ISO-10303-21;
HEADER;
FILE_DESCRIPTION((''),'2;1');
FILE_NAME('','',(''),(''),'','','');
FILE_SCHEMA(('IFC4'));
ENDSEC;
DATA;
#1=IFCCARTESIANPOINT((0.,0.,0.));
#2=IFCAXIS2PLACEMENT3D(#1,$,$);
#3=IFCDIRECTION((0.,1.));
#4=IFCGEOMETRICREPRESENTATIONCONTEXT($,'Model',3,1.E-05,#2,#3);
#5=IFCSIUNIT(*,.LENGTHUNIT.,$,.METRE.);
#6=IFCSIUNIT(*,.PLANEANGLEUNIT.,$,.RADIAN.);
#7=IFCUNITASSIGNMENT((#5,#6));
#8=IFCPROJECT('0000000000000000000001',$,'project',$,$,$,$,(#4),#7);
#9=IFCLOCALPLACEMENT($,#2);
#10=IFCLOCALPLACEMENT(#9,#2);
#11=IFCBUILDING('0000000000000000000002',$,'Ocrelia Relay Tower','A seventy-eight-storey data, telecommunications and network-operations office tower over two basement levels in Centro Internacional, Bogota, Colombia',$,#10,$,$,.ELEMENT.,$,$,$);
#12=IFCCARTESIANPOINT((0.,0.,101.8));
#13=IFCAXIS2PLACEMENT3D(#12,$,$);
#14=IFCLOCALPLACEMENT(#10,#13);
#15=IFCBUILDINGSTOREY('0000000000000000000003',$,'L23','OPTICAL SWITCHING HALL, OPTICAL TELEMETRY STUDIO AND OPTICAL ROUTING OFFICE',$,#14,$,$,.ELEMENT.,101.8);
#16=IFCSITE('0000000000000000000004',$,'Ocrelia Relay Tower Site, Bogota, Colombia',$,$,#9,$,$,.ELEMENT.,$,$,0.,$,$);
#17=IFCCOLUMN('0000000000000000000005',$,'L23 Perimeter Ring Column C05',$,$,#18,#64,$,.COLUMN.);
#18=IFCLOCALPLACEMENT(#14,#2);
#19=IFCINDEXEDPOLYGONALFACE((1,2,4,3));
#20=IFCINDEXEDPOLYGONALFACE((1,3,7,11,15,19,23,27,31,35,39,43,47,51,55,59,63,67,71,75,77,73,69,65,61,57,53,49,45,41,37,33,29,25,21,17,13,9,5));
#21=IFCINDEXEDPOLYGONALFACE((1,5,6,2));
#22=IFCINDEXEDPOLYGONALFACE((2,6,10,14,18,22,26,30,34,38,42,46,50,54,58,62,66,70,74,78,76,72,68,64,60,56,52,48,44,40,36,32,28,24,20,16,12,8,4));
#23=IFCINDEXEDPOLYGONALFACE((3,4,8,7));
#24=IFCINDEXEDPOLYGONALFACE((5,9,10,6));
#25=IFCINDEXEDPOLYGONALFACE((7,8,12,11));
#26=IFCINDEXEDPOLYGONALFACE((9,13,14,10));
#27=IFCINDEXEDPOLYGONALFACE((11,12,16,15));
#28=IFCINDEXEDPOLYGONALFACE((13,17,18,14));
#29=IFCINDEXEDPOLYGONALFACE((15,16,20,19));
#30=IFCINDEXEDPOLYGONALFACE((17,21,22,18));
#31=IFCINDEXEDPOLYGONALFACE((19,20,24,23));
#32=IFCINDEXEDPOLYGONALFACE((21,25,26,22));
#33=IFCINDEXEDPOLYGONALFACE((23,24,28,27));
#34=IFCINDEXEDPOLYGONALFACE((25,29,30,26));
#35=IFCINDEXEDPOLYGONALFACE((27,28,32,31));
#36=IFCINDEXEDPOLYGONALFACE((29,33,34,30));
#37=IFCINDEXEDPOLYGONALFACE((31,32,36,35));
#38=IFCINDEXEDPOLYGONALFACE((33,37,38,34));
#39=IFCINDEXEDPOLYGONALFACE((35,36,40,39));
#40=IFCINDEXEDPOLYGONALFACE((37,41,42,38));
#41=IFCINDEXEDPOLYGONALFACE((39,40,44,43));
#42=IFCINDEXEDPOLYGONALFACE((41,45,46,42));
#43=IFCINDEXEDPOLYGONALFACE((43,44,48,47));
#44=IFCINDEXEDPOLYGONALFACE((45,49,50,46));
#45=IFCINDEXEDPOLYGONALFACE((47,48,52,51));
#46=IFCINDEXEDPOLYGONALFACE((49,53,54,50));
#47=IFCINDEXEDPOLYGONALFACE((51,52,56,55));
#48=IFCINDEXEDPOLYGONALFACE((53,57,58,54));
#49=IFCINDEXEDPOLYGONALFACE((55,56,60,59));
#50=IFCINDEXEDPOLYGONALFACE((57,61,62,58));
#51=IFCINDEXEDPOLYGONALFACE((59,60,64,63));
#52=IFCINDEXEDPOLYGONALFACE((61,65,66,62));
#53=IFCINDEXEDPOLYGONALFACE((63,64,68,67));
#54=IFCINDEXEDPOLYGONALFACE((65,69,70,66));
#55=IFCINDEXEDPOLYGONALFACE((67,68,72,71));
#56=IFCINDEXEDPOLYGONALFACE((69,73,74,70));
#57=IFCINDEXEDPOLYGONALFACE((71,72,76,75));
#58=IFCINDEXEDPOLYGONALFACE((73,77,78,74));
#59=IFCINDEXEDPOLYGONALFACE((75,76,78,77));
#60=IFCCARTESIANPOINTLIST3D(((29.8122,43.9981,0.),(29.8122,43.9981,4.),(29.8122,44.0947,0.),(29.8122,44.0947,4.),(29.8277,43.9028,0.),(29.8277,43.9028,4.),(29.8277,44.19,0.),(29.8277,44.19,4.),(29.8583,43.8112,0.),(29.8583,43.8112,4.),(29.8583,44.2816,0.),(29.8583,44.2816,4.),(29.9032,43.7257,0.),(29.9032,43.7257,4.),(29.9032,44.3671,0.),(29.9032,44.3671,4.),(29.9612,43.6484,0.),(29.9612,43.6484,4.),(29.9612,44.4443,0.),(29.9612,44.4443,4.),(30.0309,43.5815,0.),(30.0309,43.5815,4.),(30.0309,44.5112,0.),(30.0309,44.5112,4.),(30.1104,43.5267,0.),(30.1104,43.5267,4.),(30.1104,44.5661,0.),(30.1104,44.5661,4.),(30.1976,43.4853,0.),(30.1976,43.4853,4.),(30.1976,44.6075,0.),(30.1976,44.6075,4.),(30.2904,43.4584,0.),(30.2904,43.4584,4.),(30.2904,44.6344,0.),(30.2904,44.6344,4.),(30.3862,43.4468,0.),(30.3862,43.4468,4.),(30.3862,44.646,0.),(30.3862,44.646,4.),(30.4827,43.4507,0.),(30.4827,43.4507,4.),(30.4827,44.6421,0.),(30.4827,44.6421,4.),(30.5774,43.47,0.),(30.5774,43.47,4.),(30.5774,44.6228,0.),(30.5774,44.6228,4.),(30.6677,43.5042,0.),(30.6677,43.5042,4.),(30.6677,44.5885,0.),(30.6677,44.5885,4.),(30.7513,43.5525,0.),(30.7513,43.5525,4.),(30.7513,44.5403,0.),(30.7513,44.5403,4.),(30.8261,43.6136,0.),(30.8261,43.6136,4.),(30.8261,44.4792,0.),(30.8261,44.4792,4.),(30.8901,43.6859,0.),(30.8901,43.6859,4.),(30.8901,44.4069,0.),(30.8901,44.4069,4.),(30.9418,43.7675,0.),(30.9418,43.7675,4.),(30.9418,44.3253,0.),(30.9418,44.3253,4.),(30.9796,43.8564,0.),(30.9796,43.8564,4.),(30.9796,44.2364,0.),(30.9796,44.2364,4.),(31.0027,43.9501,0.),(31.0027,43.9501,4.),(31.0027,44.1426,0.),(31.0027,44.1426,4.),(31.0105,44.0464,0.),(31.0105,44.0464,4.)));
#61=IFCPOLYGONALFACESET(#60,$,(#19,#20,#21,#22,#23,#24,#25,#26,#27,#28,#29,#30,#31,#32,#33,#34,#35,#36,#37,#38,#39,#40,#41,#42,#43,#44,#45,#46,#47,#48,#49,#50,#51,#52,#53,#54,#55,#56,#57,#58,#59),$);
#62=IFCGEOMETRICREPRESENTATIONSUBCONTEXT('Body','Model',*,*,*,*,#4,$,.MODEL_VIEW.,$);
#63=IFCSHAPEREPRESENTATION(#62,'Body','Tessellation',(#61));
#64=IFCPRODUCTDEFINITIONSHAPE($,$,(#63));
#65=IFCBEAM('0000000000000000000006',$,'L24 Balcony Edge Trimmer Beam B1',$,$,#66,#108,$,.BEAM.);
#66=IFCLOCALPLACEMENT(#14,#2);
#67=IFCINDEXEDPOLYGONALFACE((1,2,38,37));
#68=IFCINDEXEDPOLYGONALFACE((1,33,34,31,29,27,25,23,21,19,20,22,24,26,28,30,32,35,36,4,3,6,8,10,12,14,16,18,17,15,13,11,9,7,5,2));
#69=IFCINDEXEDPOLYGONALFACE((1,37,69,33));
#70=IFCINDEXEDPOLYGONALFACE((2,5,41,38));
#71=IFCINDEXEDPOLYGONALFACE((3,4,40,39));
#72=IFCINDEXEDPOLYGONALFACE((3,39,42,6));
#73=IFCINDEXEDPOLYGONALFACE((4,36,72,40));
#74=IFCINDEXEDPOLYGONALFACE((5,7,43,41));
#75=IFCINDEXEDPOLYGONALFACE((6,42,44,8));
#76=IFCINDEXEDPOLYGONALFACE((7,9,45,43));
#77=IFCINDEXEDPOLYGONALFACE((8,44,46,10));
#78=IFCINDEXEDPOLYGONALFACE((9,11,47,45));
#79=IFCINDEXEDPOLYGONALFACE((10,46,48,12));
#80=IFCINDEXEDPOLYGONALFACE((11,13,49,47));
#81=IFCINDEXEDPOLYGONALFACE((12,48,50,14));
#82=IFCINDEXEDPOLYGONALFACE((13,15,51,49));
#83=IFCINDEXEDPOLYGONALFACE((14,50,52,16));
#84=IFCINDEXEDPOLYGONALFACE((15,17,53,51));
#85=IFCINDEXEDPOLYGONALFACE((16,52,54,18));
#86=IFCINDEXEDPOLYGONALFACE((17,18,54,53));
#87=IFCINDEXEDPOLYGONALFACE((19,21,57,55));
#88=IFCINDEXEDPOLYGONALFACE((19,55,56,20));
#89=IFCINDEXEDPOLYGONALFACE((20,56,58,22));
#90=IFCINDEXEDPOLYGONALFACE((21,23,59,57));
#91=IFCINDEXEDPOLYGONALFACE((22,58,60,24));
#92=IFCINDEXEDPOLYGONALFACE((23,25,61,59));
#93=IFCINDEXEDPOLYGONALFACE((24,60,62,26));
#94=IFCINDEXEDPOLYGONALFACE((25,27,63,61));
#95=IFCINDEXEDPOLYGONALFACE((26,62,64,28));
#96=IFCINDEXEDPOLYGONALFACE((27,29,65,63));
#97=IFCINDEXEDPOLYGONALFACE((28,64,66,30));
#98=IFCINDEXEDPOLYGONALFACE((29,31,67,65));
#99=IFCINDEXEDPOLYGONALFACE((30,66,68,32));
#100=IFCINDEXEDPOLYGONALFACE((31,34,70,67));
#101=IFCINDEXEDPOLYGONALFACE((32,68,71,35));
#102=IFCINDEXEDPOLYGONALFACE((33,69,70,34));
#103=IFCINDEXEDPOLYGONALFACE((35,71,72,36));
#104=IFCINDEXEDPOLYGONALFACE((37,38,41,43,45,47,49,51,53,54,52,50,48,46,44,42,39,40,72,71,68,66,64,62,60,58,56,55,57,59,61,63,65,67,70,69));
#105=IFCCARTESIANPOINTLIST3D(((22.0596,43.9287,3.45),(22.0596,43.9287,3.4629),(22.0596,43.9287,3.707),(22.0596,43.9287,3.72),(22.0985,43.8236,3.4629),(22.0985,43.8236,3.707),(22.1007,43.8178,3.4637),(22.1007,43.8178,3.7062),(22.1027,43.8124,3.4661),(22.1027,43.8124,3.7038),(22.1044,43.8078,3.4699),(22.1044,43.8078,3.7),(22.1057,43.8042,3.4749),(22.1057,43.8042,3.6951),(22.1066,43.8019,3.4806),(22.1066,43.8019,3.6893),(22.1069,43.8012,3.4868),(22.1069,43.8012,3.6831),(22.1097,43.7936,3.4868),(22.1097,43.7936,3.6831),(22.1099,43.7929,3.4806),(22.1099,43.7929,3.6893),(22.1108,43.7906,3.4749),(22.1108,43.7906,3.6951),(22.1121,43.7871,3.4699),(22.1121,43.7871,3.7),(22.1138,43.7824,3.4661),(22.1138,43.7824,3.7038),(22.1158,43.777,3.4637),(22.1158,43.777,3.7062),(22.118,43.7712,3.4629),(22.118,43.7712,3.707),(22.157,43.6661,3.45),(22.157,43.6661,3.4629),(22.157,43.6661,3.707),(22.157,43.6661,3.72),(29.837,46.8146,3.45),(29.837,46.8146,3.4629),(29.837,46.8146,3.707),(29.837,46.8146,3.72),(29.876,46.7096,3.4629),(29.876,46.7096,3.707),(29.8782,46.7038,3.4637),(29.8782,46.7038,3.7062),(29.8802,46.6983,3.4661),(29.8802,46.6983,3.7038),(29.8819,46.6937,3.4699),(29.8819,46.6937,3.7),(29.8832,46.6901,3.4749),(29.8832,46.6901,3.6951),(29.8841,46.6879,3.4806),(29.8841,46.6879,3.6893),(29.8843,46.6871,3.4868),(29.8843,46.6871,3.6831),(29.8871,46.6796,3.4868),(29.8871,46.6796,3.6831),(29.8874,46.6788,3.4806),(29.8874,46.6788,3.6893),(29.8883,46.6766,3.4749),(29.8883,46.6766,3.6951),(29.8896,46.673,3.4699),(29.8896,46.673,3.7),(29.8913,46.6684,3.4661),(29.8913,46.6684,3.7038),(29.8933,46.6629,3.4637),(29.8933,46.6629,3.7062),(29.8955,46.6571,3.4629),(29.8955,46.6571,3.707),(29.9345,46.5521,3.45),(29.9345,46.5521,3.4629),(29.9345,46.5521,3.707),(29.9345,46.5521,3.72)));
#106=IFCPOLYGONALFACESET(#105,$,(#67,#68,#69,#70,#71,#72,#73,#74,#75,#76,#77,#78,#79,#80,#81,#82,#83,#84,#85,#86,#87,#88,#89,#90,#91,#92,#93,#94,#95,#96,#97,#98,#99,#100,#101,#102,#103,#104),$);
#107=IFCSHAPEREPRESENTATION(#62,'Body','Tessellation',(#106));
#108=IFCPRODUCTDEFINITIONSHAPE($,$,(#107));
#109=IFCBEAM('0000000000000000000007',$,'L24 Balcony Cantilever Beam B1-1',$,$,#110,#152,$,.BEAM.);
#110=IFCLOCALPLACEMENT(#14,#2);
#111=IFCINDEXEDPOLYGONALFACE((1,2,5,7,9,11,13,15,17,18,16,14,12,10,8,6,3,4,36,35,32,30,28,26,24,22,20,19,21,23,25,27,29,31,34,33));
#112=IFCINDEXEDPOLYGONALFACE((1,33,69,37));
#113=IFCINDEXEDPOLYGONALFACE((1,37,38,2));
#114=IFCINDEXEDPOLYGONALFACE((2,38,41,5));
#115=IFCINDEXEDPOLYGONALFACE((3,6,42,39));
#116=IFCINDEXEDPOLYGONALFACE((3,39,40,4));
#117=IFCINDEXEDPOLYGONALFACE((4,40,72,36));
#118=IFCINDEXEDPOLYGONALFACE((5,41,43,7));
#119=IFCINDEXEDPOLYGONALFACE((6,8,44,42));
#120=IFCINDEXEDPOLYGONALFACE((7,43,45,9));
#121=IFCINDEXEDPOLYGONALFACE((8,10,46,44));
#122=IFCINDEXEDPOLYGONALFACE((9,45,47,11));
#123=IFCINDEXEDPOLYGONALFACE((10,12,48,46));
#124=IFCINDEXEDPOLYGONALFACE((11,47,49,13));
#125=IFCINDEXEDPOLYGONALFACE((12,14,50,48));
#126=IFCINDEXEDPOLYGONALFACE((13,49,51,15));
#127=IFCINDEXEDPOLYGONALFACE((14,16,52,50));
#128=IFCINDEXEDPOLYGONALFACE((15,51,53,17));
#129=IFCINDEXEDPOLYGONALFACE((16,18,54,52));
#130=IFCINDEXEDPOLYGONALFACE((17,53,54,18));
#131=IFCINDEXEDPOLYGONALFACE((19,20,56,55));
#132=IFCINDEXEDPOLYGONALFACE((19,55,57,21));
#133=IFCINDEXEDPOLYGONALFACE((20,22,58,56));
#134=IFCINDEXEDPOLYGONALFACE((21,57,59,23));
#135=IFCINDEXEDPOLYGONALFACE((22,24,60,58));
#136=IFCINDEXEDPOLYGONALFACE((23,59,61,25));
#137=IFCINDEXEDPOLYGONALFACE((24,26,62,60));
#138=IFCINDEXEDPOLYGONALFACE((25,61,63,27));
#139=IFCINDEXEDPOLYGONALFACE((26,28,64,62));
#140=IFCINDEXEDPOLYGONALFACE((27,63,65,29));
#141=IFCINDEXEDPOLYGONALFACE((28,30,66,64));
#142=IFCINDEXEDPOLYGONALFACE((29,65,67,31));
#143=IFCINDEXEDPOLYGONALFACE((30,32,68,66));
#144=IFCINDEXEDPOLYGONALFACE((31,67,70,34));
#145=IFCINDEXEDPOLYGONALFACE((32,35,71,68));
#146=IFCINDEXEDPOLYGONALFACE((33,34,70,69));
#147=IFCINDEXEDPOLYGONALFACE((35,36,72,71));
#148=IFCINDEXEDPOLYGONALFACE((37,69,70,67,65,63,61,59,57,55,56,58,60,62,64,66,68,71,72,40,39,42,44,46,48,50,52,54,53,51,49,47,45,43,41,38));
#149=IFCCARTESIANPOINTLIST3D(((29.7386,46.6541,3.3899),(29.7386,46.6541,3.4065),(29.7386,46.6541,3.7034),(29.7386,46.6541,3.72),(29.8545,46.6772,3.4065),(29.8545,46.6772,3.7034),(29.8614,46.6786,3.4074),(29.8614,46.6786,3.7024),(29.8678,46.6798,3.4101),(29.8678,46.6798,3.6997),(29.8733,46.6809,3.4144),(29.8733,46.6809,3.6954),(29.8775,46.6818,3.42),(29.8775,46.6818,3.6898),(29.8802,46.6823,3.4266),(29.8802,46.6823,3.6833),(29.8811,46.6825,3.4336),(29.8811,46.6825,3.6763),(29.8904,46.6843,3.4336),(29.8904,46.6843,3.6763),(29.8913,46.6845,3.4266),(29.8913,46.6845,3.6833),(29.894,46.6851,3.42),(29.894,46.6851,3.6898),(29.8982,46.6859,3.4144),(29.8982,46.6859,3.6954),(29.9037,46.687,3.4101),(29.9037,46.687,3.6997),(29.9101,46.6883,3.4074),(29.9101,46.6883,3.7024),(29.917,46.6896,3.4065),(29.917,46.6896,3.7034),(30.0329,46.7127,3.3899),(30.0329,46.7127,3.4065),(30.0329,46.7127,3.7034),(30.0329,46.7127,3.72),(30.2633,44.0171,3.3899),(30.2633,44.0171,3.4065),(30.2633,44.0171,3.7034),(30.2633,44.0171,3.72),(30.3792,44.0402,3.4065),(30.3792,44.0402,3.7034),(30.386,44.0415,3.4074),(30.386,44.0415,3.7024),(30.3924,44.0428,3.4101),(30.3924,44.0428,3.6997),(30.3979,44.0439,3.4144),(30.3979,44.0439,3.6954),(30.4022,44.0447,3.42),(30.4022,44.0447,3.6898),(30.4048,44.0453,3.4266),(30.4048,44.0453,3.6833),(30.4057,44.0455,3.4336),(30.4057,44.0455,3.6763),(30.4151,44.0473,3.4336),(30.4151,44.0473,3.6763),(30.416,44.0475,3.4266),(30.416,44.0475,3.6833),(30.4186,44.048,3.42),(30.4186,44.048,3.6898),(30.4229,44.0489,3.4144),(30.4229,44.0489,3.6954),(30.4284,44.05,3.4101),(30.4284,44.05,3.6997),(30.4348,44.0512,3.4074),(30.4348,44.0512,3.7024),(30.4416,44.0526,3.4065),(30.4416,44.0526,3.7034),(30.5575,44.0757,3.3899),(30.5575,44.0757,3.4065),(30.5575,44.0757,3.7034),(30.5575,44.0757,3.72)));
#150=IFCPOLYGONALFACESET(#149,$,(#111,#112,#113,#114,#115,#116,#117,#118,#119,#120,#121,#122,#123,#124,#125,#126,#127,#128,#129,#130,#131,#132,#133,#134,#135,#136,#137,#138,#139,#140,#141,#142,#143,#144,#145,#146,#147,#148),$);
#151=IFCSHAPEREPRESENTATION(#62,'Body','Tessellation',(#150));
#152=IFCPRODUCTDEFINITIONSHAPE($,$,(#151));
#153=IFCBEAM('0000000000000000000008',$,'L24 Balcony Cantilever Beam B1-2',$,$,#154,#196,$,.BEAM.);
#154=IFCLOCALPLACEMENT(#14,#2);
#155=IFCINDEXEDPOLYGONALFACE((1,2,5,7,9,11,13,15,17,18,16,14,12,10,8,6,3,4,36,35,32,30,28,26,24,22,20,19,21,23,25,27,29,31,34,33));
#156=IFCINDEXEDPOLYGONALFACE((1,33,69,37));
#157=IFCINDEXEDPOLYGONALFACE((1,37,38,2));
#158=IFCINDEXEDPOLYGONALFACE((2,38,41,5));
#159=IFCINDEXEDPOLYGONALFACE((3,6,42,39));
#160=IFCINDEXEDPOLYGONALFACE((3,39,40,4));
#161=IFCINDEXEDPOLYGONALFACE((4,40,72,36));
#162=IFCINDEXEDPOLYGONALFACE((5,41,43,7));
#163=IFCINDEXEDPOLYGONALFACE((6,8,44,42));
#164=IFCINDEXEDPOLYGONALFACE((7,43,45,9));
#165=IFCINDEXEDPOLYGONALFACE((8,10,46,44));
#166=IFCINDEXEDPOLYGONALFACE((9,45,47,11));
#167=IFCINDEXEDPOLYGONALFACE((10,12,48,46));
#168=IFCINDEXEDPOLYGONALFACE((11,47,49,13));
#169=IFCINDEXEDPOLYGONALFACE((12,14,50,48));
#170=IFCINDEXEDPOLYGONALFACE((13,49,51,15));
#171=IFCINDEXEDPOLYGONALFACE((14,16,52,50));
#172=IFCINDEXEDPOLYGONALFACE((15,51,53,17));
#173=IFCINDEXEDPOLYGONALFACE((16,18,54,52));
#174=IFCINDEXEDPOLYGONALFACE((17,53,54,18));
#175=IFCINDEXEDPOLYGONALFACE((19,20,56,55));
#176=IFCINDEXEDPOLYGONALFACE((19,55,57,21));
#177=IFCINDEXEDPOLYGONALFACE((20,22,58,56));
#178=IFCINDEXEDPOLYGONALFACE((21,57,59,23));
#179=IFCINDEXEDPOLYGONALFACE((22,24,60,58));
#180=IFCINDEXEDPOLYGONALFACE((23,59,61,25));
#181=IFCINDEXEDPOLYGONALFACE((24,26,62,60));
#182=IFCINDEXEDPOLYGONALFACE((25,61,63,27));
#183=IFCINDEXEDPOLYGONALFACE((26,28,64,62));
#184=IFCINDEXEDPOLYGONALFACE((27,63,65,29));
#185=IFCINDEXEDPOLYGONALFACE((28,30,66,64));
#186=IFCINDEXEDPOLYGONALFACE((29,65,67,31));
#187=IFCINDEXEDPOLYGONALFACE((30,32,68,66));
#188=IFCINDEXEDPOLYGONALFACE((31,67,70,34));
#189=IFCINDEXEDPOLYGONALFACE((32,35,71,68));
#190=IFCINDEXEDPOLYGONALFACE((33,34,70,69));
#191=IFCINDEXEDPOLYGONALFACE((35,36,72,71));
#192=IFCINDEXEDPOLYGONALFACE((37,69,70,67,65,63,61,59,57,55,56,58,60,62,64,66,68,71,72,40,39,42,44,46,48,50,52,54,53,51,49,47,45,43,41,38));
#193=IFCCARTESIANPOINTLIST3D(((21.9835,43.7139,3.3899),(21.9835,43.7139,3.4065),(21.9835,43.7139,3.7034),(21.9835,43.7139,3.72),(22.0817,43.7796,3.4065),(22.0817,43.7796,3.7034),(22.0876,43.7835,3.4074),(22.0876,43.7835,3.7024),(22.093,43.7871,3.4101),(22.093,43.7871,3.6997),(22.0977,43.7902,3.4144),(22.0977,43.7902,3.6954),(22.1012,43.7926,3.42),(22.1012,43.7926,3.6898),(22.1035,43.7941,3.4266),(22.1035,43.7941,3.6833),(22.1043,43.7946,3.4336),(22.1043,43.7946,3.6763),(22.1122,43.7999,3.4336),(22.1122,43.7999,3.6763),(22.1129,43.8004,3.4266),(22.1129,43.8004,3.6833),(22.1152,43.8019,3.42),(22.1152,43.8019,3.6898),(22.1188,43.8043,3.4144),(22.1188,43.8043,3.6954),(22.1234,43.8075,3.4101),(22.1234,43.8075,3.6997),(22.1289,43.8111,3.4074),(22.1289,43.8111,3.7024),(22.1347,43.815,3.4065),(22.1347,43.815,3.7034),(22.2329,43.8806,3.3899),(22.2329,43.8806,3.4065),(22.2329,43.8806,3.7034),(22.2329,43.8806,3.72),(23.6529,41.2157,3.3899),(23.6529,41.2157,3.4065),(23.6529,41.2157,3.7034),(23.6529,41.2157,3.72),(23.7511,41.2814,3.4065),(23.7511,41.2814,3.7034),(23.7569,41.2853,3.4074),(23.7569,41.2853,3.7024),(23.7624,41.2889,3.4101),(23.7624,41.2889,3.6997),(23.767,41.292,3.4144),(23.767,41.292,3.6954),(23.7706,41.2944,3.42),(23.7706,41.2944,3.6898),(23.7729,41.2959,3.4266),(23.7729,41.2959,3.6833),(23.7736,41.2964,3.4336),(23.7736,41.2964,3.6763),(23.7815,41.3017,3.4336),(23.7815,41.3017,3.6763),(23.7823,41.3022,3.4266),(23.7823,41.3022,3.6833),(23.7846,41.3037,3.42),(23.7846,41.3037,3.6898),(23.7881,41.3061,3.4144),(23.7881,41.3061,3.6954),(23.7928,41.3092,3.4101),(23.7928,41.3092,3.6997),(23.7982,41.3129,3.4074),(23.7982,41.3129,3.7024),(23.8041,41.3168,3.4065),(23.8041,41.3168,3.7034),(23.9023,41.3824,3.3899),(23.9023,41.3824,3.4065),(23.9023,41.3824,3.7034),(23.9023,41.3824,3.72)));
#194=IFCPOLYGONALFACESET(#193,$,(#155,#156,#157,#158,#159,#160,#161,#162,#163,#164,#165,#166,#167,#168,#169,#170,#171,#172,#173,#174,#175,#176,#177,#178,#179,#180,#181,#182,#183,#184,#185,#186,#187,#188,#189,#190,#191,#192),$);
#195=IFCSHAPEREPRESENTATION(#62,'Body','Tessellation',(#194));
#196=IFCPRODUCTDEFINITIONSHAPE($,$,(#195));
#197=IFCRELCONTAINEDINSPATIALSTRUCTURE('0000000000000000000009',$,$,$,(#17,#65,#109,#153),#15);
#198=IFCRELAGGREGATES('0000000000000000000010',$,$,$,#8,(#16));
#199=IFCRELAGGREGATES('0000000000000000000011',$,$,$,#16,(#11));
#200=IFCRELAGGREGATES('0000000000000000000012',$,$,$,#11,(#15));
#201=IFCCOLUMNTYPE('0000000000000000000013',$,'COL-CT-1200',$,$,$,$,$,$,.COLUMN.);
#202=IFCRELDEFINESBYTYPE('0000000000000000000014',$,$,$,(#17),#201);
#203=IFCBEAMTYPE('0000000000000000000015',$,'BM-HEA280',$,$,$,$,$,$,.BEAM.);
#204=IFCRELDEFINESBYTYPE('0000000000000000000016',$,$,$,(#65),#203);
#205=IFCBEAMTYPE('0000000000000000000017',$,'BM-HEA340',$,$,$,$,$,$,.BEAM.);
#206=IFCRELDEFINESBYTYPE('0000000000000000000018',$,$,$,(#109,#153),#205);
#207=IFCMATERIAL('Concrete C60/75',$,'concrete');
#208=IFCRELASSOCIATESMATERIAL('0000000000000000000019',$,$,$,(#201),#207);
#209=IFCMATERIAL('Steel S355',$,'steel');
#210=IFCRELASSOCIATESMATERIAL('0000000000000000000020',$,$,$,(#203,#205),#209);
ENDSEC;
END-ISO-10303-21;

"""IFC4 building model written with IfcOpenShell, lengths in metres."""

from ifc_helpers import new_model, si_unit, direction, frame, origin, origin_2d, place, context, subcontext, project, spatial, circle, i_section, extrude, material, material_profile, profile_set, type_object, element, save


model = new_model("IFC4")

# Units and contexts
model_context = context("Model", 3, precision=1e-05, world=origin(), true_north=direction((0.0, 1.0)))
body_context = subcontext(model_context, "Body", "Model", "MODEL_VIEW")
ifc_project = project(units=[si_unit("LENGTHUNIT", "METRE"), si_unit("PLANEANGLEUNIT", "RADIAN")], contexts=[model_context])

# Site, building, storey
site_placement = place(None, origin())
site = spatial("IfcSite", under=ifc_project, at=site_placement, Name="Ocrelia Relay Tower Site, Bogota, Colombia", CompositionType="ELEMENT", RefElevation=0.0)
building_placement = place(site_placement, origin())
building = spatial("IfcBuilding", under=site, at=building_placement, Name="Ocrelia Relay Tower", Description="A seventy-eight-storey data, telecommunications and network-operations office tower over two basement levels in Centro Internacional, Bogota, Colombia", CompositionType="ELEMENT")
storey_placement = place(building_placement, frame((0.0, 0.0, 101.8)))
storey = spatial("IfcBuildingStorey", under=building, at=storey_placement, Name="L23", Description="OPTICAL SWITCHING HALL, OPTICAL TELEMETRY STUDIO AND OPTICAL ROUTING OFFICE", CompositionType="ELEMENT", Elevation=101.8)

# Column
ifc_material_1 = material(Name="Concrete C60/75", Category="concrete")
ifc_material_profile_1 = material_profile(ifc_material_1, circle(Radius=0.6001, at=origin_2d()), Name="RC-CIR-1200")
ifc_profile_set_1 = profile_set([ifc_material_profile_1], Name="Concrete C60/75")
column_type = type_object("IfcColumnType", Name="COL-CT-1200", PredefinedType="COLUMN", material=ifc_profile_set_1)
column_placement = place(storey_placement, frame((30.4104, 44.0464, 0.0), z_axis=(0.0, 0.0, 1.0), x_axis=(1.0, 0.0, 0.0)))
element("IfcColumn", 1, at=column_placement, inside=storey, type_object=column_type, Name="L23 Perimeter Ring Column C05", PredefinedType="COLUMN", context=body_context, shape_type="SweptSolid", body=[
    extrude(circle(Radius=0.6001, at=origin_2d()), origin(), (0.0, 0.0, 1.0), 4.0),
])

# Beams
ifc_material_2 = material(Name="Steel S355", Category="steel")
ifc_material_profile_2 = material_profile(ifc_material_2, i_section(OverallWidth=0.28, OverallDepth=0.27, WebThickness=0.0081, FlangeThickness=0.0129, FilletRadius=0.0239, at=origin_2d()), Name="HEA 280")
ifc_profile_set_2 = profile_set([ifc_material_profile_2], Name="Steel S355")
beam_type_1 = type_object("IfcBeamType", Name="BM-HEA280", PredefinedType="BEAM", material=ifc_profile_set_2)
beam_1_placement = place(storey_placement, frame((29.8857, 46.6833, 3.585), z_axis=(-0.937537, -0.347887, 0.0), x_axis=(0.347887, -0.937537, 0.0)))
element("IfcBeam", 2, at=beam_1_placement, inside=storey, type_object=beam_type_1, Name="L24 Balcony Edge Trimmer Beam B1", PredefinedType="BEAM", context=body_context, shape_type="SweptSolid", body=[
    extrude(i_section(OverallWidth=0.28, OverallDepth=0.27, WebThickness=0.0081, FlangeThickness=0.0129, FilletRadius=0.0239, at=origin_2d()), origin(), (0.0, 0.0, 1.0), 8.2957),
])
ifc_material_profile_3 = material_profile(ifc_material_2, i_section(OverallWidth=0.3, OverallDepth=0.3301, WebThickness=0.0095, FlangeThickness=0.0166, FilletRadius=0.0271, at=origin_2d()), Name="HEA 340")
ifc_profile_set_3 = profile_set([ifc_material_profile_3], Name="Steel S355")
beam_type_2 = type_object("IfcBeamType", Name="BM-HEA340", PredefinedType="BEAM", material=ifc_profile_set_3)
beam_2_placement = place(storey_placement, frame((30.4104, 44.0464, 3.5549), z_axis=(-0.195138, 0.980776, 0.0), x_axis=(-0.980776, -0.195138, 0.0)))
element("IfcBeam", 3, at=beam_2_placement, inside=storey, type_object=beam_type_2, Name="L24 Balcony Cantilever Beam B1-1", PredefinedType="BEAM", context=body_context, shape_type="SweptSolid", body=[
    extrude(i_section(OverallWidth=0.3, OverallDepth=0.3301, WebThickness=0.0095, FlangeThickness=0.0166, FilletRadius=0.0271, at=origin_2d()), origin(), (0.0, 0.0, 1.0), 2.6887),
])
beam_3_placement = place(storey_placement, frame((23.7776, 41.2991, 3.5549), z_axis=(-0.5556, 0.83145, 0.0), x_axis=(-0.83145, -0.5556, 0.0)))
element("IfcBeam", 4, at=beam_3_placement, inside=storey, type_object=beam_type_2, Name="L24 Balcony Cantilever Beam B1-2", PredefinedType="BEAM", context=body_context, shape_type="SweptSolid", body=[
    extrude(i_section(OverallWidth=0.3, OverallDepth=0.3301, WebThickness=0.0095, FlangeThickness=0.0166, FilletRadius=0.0271, at=origin_2d()), origin(), (0.0, 0.0, 1.0), 3.0046),
])

save(model, "model.ifc")
